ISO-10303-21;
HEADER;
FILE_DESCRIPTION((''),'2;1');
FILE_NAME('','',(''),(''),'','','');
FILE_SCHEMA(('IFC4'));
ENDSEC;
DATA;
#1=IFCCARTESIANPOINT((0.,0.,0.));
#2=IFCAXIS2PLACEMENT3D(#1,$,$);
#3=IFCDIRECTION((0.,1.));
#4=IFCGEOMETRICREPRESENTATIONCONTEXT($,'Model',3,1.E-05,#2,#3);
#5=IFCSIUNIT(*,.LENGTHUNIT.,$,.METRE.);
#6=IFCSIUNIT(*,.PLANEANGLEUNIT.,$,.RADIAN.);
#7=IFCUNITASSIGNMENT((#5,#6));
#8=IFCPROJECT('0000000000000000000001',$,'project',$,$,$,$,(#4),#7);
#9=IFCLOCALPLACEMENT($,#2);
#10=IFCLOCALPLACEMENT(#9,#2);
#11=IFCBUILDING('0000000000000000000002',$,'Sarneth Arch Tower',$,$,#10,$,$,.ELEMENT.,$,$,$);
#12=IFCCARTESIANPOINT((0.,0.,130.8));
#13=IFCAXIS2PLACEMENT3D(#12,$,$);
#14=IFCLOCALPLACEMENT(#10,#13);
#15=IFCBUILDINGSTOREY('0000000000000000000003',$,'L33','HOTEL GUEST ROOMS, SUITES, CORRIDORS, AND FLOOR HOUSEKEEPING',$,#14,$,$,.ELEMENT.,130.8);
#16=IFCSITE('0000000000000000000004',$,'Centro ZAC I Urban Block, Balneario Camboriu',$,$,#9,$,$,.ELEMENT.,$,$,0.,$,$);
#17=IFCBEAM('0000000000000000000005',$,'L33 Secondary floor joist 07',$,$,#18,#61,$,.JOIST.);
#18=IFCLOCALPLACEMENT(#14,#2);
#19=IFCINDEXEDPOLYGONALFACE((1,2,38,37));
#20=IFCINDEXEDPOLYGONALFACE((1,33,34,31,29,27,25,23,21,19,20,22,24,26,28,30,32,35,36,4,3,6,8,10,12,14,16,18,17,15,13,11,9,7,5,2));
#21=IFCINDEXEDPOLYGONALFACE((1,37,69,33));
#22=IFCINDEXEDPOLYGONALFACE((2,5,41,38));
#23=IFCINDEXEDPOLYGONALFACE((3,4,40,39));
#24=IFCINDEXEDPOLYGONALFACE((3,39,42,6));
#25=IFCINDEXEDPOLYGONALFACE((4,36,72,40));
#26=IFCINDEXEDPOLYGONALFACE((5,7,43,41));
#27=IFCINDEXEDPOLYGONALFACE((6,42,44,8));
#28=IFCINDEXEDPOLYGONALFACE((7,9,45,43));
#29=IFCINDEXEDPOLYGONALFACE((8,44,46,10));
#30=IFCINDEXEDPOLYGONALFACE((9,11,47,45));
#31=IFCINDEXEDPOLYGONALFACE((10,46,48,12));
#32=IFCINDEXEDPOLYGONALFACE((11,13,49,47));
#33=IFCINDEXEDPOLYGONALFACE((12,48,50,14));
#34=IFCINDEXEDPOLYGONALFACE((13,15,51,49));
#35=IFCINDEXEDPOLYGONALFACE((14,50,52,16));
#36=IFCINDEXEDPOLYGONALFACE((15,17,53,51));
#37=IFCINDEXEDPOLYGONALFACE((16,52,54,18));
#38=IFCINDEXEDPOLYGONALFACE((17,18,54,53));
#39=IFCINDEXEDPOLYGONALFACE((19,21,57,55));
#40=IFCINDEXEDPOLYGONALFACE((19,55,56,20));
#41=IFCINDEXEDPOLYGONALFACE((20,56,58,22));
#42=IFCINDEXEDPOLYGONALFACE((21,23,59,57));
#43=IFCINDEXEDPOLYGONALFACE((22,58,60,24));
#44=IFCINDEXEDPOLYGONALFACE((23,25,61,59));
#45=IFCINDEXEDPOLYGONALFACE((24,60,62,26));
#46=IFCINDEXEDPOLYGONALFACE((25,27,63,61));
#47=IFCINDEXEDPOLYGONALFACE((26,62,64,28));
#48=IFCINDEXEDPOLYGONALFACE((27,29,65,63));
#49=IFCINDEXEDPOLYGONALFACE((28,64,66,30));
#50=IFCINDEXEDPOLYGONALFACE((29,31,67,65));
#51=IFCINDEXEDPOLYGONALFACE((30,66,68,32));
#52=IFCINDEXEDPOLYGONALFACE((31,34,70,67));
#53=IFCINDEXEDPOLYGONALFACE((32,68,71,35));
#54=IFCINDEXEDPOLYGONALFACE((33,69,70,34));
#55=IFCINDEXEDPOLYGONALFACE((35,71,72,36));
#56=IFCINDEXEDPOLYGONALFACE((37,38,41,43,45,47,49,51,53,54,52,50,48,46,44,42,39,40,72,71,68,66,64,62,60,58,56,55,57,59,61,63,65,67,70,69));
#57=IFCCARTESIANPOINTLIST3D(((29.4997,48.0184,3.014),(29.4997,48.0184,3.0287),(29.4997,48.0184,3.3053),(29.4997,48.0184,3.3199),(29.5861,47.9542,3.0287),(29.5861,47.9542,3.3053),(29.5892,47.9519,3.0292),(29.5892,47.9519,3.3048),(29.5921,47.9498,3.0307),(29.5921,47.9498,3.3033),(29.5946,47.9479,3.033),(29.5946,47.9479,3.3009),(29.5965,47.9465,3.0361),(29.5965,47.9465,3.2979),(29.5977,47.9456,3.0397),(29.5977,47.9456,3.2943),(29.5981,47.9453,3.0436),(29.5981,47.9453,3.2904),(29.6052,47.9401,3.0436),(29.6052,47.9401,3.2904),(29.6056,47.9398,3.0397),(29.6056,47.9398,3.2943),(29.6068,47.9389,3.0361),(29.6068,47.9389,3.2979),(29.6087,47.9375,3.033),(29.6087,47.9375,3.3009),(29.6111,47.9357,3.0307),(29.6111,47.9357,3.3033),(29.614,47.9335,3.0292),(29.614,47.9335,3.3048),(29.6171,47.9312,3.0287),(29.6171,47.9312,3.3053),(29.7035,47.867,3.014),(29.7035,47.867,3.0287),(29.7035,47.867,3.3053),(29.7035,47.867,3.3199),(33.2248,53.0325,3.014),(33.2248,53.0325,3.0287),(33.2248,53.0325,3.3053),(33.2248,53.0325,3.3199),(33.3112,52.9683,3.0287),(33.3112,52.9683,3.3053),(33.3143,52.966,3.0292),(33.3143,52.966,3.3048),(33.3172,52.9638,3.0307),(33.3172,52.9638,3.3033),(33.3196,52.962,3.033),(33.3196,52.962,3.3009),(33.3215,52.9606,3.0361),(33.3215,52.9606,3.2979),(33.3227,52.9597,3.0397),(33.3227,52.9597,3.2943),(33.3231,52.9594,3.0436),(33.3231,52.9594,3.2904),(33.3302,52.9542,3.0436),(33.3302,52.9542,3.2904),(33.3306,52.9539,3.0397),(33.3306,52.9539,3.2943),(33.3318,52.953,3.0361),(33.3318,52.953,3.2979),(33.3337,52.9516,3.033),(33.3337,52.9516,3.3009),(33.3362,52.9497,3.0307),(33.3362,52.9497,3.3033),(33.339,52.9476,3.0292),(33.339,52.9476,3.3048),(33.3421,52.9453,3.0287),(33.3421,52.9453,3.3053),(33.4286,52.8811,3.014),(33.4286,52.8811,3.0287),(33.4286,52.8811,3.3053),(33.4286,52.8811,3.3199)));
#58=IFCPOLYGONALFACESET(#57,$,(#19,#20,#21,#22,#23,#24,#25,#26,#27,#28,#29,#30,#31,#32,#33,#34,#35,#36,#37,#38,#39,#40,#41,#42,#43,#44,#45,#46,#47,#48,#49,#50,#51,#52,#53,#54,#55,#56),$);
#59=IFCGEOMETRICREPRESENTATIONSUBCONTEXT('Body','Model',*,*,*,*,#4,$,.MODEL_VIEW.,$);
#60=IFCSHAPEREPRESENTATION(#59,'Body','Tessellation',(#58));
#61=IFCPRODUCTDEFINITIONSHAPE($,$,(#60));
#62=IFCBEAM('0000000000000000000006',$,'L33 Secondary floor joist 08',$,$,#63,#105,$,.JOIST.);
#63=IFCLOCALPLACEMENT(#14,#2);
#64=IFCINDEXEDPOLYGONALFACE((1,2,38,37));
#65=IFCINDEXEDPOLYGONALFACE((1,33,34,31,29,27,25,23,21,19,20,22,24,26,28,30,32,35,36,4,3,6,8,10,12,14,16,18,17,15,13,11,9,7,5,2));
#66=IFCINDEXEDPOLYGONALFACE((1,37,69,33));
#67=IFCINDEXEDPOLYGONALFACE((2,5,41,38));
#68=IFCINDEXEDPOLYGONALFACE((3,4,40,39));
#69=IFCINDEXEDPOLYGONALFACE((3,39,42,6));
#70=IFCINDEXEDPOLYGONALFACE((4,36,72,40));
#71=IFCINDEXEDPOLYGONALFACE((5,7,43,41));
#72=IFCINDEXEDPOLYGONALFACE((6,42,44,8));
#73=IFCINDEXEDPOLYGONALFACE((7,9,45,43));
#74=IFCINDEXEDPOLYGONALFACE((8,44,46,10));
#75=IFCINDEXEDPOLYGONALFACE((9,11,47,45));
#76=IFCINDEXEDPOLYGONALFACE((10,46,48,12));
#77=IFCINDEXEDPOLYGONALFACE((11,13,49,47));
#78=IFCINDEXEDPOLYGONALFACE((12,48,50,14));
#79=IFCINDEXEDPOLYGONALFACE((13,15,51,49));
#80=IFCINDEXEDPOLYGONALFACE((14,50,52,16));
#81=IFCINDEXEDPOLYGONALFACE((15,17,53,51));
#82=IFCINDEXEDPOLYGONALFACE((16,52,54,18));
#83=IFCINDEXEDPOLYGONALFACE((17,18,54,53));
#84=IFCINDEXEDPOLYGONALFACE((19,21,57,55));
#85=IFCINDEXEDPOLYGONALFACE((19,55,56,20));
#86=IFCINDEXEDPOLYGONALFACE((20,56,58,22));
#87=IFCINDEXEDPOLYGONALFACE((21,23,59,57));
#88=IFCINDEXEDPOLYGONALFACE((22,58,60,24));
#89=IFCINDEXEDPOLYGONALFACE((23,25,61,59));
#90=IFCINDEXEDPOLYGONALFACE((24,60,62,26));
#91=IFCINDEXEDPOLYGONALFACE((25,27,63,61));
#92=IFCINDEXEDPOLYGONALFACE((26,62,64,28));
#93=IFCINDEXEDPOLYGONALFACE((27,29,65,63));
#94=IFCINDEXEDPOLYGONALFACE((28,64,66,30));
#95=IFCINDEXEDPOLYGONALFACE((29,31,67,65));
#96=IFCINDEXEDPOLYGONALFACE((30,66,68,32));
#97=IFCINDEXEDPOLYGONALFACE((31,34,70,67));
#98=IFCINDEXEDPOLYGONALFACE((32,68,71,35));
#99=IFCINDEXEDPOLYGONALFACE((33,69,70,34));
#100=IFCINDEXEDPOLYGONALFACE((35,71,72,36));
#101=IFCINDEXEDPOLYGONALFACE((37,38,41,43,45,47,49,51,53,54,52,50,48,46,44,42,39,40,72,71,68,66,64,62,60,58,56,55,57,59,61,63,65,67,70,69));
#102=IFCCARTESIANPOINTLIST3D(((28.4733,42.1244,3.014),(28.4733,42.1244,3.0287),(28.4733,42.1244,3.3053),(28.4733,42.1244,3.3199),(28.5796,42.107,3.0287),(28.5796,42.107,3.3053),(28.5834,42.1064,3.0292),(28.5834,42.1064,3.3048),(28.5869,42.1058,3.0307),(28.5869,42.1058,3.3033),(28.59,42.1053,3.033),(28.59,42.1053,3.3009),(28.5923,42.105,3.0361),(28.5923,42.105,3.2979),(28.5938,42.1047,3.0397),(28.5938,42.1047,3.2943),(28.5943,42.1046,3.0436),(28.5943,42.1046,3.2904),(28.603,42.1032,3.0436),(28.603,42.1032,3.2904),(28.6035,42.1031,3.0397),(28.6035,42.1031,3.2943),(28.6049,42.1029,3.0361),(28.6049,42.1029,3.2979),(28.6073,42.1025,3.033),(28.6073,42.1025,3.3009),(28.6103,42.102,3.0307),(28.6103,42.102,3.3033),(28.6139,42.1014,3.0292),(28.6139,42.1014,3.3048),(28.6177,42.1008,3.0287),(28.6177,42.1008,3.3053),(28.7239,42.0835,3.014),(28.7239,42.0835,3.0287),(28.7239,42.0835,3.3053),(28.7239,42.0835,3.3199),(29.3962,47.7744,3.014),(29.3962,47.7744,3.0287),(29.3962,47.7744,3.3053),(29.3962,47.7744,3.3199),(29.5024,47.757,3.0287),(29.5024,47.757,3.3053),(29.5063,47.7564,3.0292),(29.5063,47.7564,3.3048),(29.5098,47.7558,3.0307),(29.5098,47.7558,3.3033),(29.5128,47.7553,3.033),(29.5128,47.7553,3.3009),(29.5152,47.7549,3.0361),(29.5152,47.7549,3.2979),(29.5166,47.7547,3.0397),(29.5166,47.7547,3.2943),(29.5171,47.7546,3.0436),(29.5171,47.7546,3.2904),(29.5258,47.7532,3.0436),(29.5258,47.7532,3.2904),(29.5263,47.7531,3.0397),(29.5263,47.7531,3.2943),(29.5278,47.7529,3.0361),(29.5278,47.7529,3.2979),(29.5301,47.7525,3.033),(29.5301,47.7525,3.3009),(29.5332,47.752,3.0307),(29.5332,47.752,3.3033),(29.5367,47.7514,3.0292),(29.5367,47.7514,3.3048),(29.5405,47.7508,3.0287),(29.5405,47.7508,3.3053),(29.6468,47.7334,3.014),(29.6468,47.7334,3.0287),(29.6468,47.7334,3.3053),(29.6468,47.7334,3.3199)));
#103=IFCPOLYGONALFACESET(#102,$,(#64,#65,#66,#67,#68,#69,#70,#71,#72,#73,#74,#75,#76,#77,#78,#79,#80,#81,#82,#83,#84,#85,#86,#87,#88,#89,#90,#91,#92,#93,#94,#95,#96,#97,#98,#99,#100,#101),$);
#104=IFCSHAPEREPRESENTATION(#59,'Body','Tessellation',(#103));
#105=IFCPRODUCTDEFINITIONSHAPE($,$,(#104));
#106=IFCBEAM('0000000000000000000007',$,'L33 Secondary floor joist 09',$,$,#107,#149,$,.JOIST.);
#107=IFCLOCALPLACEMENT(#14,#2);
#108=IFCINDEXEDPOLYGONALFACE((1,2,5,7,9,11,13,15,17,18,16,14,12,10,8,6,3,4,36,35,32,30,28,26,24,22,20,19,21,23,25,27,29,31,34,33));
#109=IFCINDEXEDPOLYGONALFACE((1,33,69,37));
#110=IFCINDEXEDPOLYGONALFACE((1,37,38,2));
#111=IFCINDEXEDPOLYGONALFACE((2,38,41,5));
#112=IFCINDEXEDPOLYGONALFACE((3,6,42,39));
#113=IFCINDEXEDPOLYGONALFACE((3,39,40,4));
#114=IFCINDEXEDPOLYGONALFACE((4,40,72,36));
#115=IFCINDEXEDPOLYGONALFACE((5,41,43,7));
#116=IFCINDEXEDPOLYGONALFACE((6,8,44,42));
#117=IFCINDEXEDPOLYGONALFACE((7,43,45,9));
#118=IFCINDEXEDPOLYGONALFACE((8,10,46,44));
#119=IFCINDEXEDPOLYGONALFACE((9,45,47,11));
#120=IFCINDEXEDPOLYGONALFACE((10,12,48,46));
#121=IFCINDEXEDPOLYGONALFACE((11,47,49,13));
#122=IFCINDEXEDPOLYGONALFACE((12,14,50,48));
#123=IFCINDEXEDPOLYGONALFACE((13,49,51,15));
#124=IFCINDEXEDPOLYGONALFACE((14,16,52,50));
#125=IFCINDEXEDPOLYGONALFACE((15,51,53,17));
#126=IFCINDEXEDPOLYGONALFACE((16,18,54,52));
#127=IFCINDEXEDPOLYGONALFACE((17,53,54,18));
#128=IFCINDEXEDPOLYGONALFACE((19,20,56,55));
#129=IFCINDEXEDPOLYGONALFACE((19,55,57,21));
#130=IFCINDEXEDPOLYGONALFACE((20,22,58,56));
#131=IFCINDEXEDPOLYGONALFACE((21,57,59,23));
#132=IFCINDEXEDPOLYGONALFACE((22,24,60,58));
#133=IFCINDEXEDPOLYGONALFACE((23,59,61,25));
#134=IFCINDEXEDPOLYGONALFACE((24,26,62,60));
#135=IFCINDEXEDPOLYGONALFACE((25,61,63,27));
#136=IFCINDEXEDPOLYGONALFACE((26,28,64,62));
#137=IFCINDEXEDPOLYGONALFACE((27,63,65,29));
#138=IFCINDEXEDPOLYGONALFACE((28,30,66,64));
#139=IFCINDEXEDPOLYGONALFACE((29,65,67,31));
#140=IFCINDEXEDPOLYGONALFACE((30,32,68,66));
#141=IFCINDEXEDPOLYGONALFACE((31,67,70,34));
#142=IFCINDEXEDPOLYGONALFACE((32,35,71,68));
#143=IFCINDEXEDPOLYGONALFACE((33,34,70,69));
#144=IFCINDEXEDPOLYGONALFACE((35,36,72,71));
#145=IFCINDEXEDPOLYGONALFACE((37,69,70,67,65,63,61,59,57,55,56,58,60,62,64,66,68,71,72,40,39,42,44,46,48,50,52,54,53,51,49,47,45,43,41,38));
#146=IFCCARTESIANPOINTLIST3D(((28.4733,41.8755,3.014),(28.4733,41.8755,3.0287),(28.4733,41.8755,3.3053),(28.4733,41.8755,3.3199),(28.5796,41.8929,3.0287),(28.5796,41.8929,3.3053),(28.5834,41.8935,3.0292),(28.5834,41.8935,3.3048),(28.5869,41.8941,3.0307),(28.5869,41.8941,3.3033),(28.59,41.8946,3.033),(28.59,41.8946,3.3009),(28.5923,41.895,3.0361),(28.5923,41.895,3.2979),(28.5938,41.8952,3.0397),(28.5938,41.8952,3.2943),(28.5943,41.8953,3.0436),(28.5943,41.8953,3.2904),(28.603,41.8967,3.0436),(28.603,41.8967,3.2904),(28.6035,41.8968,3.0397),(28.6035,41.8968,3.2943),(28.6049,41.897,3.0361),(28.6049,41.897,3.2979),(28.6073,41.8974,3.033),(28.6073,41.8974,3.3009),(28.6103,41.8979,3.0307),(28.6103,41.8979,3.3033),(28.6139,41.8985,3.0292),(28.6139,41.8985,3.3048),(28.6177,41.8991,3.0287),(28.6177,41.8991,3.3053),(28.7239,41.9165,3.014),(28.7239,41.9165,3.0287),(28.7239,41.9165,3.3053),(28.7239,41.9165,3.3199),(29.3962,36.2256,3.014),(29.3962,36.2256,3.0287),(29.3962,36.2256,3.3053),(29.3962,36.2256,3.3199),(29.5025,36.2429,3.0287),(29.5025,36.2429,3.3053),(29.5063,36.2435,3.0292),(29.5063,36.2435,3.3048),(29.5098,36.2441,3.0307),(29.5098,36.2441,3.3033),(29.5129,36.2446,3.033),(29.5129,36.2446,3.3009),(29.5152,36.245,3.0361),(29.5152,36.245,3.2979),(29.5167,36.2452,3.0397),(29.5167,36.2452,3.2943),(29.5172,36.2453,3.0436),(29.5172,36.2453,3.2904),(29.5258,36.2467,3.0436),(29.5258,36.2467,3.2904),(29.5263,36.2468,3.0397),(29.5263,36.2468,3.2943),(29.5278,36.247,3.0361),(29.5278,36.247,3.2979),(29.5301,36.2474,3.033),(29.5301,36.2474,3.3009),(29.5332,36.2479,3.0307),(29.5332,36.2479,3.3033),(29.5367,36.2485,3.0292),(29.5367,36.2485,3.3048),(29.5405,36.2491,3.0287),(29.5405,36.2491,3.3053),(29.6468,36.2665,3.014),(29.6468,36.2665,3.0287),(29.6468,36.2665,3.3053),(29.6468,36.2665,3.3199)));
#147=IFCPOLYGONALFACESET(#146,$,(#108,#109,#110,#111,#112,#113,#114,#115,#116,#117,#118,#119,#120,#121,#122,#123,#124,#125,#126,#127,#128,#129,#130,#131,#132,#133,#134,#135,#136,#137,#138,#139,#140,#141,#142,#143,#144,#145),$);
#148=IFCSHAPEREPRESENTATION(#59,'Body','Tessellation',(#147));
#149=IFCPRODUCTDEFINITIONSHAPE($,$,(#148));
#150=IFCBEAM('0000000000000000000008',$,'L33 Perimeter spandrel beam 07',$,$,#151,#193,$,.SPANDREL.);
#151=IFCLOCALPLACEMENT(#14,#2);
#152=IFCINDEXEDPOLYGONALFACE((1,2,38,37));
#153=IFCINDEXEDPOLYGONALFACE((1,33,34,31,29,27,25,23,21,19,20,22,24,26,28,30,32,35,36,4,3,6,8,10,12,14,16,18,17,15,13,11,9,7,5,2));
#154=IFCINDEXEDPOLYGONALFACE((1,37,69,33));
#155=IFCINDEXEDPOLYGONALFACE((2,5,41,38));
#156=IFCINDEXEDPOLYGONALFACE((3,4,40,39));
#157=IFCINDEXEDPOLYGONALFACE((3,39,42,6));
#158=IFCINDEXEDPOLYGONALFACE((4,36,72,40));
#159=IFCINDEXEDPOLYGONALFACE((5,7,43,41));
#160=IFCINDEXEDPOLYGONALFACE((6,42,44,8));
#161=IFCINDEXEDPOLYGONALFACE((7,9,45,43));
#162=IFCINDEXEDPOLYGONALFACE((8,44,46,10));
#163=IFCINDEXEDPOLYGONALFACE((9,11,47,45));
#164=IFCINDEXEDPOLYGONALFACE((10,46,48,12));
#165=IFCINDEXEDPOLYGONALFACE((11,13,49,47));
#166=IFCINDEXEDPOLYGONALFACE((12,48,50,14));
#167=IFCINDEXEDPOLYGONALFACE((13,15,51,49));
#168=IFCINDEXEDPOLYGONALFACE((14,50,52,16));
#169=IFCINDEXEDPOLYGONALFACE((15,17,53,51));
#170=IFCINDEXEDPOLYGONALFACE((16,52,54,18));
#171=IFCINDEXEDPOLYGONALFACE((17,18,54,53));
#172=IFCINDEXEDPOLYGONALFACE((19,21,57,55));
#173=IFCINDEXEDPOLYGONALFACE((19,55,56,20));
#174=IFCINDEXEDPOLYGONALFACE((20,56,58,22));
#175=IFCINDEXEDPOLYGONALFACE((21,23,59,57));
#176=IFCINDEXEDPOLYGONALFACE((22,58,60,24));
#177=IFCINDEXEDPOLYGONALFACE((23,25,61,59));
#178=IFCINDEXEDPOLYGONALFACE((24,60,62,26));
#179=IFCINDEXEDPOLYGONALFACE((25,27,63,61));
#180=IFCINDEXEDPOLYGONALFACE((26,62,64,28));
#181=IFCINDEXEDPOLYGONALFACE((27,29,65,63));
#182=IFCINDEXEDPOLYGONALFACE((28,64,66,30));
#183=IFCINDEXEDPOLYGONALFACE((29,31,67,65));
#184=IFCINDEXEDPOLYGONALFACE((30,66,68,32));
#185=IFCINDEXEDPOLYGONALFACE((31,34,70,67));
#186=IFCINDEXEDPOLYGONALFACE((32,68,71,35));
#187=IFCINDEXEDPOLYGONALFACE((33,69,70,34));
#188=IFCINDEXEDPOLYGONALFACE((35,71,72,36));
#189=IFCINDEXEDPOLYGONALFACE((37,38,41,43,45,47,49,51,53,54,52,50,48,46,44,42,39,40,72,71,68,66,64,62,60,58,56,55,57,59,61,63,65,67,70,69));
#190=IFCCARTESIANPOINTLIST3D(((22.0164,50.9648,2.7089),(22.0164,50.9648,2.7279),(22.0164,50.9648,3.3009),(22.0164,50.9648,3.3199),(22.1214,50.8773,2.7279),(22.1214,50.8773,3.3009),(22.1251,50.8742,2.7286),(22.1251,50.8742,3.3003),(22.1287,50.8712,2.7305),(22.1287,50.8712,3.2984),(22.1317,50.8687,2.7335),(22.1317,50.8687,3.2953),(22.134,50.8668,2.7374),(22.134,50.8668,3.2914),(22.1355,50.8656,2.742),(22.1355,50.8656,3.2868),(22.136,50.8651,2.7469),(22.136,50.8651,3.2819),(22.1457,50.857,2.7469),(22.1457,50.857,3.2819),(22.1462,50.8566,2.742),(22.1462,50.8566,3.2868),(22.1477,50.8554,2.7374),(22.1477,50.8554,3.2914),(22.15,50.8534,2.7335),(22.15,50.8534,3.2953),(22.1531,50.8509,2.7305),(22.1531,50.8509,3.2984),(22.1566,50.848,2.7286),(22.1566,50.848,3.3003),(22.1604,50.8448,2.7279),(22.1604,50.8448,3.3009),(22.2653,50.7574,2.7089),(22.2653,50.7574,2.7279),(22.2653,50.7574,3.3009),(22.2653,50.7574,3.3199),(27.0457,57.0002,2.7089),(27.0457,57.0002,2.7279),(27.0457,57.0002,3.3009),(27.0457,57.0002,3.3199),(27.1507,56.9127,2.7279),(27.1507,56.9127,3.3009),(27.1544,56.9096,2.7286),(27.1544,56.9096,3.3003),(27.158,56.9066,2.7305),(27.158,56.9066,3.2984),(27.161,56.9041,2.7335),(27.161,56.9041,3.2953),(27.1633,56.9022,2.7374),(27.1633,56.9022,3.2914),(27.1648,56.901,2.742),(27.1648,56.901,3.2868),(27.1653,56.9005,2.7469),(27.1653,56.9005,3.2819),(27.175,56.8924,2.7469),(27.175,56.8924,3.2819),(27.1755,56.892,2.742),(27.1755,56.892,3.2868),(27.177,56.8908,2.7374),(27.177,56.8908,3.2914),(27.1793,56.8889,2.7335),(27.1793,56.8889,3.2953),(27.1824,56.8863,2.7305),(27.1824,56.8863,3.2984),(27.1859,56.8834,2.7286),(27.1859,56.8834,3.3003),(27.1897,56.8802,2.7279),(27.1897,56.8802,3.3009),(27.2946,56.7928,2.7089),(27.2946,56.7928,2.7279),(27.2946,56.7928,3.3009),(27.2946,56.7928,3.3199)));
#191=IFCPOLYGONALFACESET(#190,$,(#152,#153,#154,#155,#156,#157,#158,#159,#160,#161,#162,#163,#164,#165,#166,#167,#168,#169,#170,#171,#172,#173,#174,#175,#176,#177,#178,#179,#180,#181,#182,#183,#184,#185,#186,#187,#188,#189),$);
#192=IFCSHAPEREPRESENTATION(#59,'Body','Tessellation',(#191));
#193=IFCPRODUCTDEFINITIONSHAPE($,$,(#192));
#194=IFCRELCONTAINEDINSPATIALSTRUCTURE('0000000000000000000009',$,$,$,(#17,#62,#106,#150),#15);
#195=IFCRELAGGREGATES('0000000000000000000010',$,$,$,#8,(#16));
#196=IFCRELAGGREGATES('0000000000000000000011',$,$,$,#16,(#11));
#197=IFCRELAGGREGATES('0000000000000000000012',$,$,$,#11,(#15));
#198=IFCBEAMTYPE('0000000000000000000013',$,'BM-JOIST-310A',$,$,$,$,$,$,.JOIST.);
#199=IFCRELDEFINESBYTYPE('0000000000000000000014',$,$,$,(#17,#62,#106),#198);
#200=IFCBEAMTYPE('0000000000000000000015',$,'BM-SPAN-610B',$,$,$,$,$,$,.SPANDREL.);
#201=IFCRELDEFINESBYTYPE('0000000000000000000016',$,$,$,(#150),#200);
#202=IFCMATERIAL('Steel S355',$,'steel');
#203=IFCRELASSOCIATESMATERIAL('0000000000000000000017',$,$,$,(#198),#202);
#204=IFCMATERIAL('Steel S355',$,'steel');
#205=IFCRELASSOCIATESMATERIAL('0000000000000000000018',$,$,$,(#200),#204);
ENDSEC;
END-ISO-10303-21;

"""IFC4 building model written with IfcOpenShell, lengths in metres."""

from ifc_helpers import new_model, si_unit, direction, frame, origin, origin_2d, place, context, subcontext, project, spatial, i_section, extrude, material, material_profile, profile_set, type_object, element, save


model = new_model("IFC4")

# Units and contexts
model_context = context("Model", 3, precision=1e-05, world=origin(), true_north=direction((0.0, 1.0)))
body_context = subcontext(model_context, "Body", "Model", "MODEL_VIEW")
ifc_project = project(units=[si_unit("LENGTHUNIT", "METRE"), si_unit("PLANEANGLEUNIT", "RADIAN")], contexts=[model_context])

# Site, building, storey
site_placement = place(None, origin())
site = spatial("IfcSite", under=ifc_project, at=site_placement, Name="Centro ZAC I Urban Block, Balneario Camboriu", CompositionType="ELEMENT", RefElevation=0.0)
building_placement = place(site_placement, origin())
building = spatial("IfcBuilding", under=site, at=building_placement, Name="Sarneth Arch Tower", CompositionType="ELEMENT")
storey_placement = place(building_placement, frame((0.0, 0.0, 130.8)))
storey = spatial("IfcBuildingStorey", under=building, at=storey_placement, Name="L33", Description="HOTEL GUEST ROOMS, SUITES, CORRIDORS, AND FLOOR HOUSEKEEPING", CompositionType="ELEMENT", Elevation=130.8)

# Beams
ifc_material_1 = material(Name="Steel S355", Category="steel")
ifc_material_profile_1 = material_profile(ifc_material_1, i_section(OverallWidth=0.2539, OverallDepth=0.3059, WebThickness=0.0088, FlangeThickness=0.0146, FilletRadius=0.0149, at=origin_2d()), Name="W310x79")
ifc_profile_set_1 = profile_set([ifc_material_profile_1], Name="Steel S355")
beam_type_1 = type_object("IfcBeamType", Name="BM-JOIST-310A", PredefinedType="JOIST", material=ifc_profile_set_1)
beam_1_placement = place(storey_placement, frame((33.3267, 52.9568, 3.167), z_axis=(-0.596354, -0.802721, 0.0), x_axis=(0.802721, -0.596354, 0.0)))
element("IfcBeam", 1, at=beam_1_placement, inside=storey, type_object=beam_type_1, Name="L33 Secondary floor joist 07", PredefinedType="JOIST", context=body_context, shape_type="SweptSolid", body=[
    extrude(i_section(OverallWidth=0.2539, OverallDepth=0.3059, WebThickness=0.0088, FlangeThickness=0.0146, FilletRadius=0.0149, at=origin_2d()), origin(), (0.0, 0.0, 1.0), 6.2463),
])
for number, where, z_axis, x_axis, name in (
    (2, (29.5215, 47.7539, 3.167), (-0.161203, -0.986921, 0.0), (0.986921, -0.161203, 0.0), "L33 Secondary floor joist 08"),
    (3, (28.5986, 41.896, 3.167), (0.161203, -0.986921, 0.0), (0.986921, 0.161203, 0.0), "L33 Secondary floor joist 09"),
):
    element("IfcBeam", number, at=place(storey_placement, frame(where, z_axis=z_axis, x_axis=x_axis)), inside=storey, type_object=beam_type_1, Name=name, PredefinedType="JOIST", context=body_context, shape_type="SweptSolid", body=[
        extrude(i_section(OverallWidth=0.2539, OverallDepth=0.3059, WebThickness=0.0088, FlangeThickness=0.0146, FilletRadius=0.0149, at=origin_2d()), origin(), (0.0, 0.0, 1.0), 5.7249),
    ])
ifc_material_2 = material(Name="Steel S355", Category="steel")
ifc_material_profile_2 = material_profile(ifc_material_2, i_section(OverallWidth=0.324, OverallDepth=0.6111, WebThickness=0.0127, FlangeThickness=0.019, FilletRadius=0.019, at=origin_2d()), Name="W610x155")
ifc_profile_set_2 = profile_set([ifc_material_profile_2], Name="Steel S355")
beam_type_2 = type_object("IfcBeamType", Name="BM-SPAN-610B", PredefinedType="SPANDREL", material=ifc_profile_set_2)
beam_2_placement = place(storey_placement, frame((27.1702, 56.8965, 3.0144), z_axis=(-0.640169, -0.768234, 0.0), x_axis=(0.768234, -0.640169, 0.0)))
element("IfcBeam", 4, at=beam_2_placement, inside=storey, type_object=beam_type_2, Name="L33 Perimeter spandrel beam 07", PredefinedType="SPANDREL", context=body_context, shape_type="SweptSolid", body=[
    extrude(i_section(OverallWidth=0.324, OverallDepth=0.6111, WebThickness=0.0127, FlangeThickness=0.019, FilletRadius=0.019, at=origin_2d()), origin(), (0.0, 0.0, 1.0), 7.8562),
])

save(model, "model.ifc")
